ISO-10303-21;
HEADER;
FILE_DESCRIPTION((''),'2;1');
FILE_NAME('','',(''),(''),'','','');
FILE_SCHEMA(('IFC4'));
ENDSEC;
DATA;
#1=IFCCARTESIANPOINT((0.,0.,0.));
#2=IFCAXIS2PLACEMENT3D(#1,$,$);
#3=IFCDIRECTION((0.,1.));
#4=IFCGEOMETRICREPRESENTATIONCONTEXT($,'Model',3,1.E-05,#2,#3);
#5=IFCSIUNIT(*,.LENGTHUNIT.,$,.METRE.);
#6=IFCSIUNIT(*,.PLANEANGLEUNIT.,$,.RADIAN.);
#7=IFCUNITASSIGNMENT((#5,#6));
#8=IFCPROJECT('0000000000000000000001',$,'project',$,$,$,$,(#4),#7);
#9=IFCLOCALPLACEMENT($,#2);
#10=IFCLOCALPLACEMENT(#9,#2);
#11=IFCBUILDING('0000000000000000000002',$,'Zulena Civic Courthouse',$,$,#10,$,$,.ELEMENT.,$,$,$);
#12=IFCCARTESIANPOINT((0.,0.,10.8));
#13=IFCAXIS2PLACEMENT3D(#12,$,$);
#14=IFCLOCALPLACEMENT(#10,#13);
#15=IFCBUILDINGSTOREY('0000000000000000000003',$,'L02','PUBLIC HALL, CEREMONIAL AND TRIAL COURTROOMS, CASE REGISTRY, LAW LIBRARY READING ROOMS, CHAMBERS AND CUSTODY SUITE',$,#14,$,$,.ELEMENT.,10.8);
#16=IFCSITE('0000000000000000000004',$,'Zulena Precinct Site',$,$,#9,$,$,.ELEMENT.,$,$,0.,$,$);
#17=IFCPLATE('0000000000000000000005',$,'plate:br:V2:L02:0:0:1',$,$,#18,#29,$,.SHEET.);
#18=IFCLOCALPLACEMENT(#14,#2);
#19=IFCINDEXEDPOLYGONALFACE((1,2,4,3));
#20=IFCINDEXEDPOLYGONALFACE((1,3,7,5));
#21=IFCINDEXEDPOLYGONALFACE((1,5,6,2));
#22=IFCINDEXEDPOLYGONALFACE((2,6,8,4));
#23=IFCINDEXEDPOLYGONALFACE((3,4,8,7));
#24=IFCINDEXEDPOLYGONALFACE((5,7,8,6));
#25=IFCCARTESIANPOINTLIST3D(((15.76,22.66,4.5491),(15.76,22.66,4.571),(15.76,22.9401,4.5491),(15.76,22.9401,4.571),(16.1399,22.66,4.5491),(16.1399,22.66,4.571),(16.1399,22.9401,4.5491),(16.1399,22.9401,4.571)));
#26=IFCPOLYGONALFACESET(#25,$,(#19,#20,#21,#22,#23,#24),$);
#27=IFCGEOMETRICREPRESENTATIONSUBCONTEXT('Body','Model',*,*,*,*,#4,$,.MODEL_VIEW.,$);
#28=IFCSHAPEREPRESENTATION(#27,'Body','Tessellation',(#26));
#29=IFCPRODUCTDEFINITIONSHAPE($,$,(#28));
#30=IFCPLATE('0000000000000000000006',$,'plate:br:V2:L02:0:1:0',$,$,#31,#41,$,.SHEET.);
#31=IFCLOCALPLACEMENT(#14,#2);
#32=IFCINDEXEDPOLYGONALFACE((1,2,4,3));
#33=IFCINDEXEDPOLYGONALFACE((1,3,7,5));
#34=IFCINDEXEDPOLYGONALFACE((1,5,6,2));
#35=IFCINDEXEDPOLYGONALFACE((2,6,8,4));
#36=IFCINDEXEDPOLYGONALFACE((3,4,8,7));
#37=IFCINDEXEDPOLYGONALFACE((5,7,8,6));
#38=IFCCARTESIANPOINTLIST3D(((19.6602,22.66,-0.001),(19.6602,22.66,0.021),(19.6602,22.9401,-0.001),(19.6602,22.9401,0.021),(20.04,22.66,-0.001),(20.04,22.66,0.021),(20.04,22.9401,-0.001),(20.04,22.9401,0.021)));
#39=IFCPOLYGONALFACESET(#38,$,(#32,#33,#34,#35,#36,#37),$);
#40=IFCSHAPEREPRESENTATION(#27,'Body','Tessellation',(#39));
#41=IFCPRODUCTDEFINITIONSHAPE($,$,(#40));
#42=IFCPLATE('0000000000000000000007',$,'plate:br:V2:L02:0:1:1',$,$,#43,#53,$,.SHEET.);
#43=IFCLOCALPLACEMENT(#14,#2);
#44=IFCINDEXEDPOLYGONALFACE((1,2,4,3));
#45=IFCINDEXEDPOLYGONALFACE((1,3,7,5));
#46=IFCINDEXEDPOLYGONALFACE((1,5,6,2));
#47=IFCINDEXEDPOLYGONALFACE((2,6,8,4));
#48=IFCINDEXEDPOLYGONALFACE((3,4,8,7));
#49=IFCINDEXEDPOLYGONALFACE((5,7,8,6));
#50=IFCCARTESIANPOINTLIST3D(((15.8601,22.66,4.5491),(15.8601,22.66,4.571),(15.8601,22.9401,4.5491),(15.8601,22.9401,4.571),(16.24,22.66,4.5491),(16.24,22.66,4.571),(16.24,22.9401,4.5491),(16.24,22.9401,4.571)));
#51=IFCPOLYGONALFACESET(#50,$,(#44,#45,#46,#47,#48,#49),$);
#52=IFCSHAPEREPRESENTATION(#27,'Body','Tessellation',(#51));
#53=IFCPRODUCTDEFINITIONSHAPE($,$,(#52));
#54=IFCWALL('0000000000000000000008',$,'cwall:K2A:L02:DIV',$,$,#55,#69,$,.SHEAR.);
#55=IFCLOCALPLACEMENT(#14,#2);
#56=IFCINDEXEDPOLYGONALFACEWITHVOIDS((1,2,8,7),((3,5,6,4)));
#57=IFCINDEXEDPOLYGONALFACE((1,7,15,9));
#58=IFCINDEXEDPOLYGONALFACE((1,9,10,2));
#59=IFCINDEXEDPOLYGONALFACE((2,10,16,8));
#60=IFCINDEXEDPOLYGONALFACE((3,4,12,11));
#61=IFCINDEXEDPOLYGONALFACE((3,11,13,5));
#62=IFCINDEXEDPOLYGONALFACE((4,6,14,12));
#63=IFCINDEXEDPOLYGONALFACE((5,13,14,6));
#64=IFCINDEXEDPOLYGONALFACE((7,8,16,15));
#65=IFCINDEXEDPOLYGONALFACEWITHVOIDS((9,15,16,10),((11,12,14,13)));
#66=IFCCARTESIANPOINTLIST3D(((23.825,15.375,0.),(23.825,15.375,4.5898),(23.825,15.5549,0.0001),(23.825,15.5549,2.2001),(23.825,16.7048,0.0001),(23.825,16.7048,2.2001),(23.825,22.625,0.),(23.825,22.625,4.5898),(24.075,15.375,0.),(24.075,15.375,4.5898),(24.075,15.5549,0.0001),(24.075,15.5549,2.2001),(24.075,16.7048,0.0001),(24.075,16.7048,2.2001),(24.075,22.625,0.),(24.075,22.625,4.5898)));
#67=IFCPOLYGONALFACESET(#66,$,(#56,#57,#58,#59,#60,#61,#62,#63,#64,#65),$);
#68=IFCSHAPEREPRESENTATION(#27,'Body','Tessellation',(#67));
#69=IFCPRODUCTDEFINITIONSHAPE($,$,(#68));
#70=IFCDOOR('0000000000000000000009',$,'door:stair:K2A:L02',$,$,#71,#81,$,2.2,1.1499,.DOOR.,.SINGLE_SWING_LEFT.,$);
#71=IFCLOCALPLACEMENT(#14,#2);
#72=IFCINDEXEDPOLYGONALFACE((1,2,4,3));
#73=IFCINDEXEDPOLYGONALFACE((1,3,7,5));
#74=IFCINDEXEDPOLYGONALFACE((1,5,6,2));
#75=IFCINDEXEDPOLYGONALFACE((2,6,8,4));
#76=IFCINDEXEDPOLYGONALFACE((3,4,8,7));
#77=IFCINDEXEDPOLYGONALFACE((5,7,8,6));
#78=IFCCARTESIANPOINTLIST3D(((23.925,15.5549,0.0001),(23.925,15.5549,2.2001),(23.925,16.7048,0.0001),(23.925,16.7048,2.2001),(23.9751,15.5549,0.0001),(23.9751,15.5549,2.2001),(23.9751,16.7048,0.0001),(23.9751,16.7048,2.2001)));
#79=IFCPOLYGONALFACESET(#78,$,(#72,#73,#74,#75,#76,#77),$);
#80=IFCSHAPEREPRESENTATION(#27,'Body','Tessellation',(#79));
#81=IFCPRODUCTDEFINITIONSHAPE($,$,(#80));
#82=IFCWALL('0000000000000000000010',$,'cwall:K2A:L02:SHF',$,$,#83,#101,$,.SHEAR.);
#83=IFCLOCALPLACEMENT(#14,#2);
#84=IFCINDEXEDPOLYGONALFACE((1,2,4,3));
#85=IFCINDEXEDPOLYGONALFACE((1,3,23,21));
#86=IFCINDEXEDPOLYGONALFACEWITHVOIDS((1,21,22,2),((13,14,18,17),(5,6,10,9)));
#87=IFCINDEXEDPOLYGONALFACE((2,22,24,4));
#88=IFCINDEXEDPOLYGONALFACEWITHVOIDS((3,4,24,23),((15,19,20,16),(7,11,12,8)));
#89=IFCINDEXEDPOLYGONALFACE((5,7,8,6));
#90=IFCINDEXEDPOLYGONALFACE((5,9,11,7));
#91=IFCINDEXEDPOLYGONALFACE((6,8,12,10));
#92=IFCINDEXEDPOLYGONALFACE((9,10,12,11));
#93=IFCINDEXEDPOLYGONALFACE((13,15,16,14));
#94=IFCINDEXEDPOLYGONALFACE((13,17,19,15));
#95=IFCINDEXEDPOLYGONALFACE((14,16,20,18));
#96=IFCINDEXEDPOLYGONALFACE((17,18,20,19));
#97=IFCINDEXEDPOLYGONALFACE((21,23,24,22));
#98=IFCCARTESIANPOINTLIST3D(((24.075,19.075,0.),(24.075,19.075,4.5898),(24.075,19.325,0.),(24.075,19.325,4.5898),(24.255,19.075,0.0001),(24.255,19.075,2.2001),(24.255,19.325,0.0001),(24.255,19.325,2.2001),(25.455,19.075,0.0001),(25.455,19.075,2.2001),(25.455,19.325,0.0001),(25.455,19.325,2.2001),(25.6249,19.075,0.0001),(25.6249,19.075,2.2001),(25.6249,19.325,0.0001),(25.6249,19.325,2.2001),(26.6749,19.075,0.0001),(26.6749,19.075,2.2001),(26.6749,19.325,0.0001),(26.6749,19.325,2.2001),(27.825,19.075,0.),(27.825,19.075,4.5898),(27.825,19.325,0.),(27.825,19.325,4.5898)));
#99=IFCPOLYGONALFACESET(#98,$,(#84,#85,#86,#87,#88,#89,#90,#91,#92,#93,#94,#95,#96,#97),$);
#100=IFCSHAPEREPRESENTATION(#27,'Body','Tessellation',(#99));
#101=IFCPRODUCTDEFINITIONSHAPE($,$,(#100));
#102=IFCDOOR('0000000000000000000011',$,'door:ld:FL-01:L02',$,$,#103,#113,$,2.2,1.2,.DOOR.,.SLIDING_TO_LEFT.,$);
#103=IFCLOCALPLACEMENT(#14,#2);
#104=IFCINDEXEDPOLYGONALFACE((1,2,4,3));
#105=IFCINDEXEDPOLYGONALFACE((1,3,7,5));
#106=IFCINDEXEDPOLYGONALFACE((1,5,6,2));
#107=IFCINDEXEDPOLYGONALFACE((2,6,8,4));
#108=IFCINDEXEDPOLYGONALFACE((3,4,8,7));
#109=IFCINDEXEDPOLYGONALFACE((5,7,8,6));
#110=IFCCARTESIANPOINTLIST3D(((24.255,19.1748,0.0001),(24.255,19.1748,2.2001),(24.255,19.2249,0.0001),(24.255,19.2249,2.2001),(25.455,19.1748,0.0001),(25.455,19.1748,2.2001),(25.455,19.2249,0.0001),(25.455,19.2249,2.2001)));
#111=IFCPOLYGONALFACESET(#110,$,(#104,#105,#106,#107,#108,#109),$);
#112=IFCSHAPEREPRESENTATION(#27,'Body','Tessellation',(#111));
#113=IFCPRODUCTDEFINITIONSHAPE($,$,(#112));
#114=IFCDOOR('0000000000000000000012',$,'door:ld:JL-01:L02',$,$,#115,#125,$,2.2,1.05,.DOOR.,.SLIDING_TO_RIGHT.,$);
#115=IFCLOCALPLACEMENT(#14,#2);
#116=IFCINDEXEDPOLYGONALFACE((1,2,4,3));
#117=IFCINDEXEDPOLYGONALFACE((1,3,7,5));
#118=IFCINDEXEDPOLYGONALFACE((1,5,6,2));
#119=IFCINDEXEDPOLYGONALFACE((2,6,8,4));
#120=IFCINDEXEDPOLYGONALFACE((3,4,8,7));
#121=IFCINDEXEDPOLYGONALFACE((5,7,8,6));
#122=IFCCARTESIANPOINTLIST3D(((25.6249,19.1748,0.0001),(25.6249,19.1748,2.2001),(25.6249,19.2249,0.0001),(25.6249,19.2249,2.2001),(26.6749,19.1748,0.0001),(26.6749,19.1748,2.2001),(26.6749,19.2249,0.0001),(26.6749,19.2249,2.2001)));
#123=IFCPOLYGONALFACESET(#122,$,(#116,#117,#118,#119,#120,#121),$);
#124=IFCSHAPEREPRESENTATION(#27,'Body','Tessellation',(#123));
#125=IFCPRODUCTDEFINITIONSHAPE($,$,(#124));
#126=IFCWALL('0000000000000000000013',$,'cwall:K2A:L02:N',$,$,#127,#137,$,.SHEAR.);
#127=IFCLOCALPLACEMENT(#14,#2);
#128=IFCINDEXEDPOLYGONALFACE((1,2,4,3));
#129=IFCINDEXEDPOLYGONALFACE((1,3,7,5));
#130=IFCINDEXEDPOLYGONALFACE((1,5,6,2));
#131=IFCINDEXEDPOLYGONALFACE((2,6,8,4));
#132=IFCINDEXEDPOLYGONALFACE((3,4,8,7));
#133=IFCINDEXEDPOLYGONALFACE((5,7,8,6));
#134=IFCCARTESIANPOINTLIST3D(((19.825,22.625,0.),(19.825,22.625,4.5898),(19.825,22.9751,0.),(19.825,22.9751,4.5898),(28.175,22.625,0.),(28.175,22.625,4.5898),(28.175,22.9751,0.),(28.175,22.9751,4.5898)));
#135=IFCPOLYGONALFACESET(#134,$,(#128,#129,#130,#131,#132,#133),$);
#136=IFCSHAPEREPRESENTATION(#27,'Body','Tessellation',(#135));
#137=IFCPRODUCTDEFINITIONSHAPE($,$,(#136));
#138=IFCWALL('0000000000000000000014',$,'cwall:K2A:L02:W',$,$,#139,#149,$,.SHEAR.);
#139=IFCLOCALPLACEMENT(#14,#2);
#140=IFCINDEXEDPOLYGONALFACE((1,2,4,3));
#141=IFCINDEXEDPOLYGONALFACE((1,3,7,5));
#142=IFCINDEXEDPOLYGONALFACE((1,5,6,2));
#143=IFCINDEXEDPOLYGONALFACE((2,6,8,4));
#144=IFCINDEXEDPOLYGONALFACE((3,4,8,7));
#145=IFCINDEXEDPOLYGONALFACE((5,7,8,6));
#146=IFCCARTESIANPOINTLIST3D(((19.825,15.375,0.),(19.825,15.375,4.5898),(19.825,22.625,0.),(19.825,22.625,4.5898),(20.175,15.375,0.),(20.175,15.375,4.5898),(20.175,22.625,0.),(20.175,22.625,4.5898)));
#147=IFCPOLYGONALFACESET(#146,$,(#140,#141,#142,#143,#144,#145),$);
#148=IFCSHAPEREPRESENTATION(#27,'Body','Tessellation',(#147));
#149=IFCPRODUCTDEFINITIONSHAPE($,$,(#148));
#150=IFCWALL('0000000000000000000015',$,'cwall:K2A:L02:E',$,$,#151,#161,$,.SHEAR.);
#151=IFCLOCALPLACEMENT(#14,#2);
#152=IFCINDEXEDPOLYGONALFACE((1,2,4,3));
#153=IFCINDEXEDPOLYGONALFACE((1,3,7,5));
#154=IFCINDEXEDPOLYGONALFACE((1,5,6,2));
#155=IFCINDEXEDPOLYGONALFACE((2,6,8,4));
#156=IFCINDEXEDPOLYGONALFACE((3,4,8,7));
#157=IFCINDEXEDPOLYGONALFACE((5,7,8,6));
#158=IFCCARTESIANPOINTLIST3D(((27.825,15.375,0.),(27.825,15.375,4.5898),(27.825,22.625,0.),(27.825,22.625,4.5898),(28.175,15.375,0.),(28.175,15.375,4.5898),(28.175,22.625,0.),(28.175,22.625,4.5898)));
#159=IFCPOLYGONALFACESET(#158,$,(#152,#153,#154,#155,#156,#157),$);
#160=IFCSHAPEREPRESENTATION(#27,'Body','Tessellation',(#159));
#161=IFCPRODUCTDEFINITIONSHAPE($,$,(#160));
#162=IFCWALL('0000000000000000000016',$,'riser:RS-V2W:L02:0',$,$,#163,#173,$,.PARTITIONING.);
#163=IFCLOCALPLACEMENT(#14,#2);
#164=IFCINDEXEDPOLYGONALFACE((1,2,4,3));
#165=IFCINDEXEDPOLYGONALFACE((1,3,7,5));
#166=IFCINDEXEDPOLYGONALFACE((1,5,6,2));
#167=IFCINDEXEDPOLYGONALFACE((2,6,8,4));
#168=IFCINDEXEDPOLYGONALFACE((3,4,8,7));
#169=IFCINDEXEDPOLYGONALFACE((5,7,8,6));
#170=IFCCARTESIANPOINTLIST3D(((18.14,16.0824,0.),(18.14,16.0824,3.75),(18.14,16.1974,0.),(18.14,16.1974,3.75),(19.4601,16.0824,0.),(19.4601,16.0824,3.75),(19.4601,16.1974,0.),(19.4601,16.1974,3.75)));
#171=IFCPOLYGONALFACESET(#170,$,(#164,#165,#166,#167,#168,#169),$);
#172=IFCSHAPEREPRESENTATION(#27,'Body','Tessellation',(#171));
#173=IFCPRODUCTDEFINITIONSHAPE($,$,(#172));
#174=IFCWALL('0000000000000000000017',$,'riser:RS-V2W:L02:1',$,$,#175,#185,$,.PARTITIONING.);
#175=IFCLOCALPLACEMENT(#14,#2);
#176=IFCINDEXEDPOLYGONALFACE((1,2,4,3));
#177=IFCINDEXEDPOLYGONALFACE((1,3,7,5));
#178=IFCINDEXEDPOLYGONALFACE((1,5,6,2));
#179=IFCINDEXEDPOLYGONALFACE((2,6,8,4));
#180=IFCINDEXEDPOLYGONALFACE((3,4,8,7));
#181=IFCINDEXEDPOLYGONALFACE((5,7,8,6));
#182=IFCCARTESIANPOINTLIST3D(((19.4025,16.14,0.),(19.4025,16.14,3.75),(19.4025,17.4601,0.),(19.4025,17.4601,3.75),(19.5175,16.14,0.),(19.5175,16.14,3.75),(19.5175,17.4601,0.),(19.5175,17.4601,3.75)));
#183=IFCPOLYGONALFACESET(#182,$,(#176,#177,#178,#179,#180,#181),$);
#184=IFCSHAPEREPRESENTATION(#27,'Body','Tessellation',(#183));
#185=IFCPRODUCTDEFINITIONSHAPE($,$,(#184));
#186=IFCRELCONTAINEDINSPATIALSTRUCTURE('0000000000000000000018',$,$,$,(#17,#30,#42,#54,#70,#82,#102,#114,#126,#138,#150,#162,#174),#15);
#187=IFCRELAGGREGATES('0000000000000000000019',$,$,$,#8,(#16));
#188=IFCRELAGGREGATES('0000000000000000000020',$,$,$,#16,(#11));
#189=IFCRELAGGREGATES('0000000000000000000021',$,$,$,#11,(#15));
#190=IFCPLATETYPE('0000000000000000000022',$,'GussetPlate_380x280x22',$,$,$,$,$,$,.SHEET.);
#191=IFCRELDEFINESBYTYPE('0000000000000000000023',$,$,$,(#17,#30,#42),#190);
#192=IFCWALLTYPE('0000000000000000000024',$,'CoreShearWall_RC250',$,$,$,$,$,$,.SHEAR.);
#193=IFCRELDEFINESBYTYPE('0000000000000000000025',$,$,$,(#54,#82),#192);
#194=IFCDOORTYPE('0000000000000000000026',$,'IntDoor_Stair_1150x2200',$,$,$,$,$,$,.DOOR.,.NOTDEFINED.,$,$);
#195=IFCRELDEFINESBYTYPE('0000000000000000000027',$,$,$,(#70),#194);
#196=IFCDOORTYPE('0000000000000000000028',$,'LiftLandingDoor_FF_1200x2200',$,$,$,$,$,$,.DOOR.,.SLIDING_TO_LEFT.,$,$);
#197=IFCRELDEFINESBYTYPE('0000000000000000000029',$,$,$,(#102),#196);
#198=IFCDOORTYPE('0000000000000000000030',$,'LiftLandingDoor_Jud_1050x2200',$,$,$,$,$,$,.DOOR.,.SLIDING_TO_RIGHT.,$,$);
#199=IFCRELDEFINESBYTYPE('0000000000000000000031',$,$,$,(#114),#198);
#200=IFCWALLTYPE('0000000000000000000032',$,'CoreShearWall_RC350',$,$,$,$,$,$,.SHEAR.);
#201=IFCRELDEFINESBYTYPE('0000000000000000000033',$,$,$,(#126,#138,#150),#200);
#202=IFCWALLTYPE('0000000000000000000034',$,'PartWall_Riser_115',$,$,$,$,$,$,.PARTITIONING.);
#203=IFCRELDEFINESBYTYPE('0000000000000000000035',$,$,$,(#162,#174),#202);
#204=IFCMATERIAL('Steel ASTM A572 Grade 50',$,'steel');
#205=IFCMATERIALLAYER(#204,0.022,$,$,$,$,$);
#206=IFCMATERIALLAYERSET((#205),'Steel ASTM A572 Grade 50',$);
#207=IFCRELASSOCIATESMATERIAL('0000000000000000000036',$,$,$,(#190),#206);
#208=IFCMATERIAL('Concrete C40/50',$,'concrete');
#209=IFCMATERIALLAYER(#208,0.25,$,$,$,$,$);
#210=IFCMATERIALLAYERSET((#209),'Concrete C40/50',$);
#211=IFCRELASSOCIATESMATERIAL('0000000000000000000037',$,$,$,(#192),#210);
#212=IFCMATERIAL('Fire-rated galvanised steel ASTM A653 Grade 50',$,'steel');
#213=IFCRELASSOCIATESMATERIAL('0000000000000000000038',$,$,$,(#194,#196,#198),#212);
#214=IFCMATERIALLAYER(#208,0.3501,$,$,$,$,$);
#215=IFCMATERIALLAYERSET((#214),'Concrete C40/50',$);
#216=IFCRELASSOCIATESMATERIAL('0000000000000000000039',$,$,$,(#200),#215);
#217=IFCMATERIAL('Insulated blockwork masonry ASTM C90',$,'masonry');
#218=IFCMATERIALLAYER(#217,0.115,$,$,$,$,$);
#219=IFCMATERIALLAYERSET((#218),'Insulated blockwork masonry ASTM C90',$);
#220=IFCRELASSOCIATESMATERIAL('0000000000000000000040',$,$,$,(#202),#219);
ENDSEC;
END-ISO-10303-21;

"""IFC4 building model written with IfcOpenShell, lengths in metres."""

from ifc_helpers import new_model, si_unit, direction, frame, frame_2d, origin, origin_2d, place, context, subcontext, project, spatial, rectangle, extrude, material, layer, layer_set, type_object, element, fill, save


model = new_model("IFC4")

# Units and contexts
model_context = context("Model", 3, precision=1e-05, world=origin(), true_north=direction((0.0, 1.0)))
body_context = subcontext(model_context, "Body", "Model", "MODEL_VIEW")
ifc_project = project(units=[si_unit("LENGTHUNIT", "METRE"), si_unit("PLANEANGLEUNIT", "RADIAN")], contexts=[model_context])

# Site, building, storey
site_placement = place(None, origin())
site = spatial("IfcSite", under=ifc_project, at=site_placement, Name="Zulena Precinct Site", CompositionType="ELEMENT", RefElevation=0.0)
building_placement = place(site_placement, origin())
building = spatial("IfcBuilding", under=site, at=building_placement, Name="Zulena Civic Courthouse", CompositionType="ELEMENT")
storey_placement = place(building_placement, frame((0.0, 0.0, 10.8)))
storey = spatial("IfcBuildingStorey", under=building, at=storey_placement, Name="L02", Description="PUBLIC HALL, CEREMONIAL AND TRIAL COURTROOMS, CASE REGISTRY, LAW LIBRARY READING ROOMS, CHAMBERS AND CUSTODY SUITE", CompositionType="ELEMENT", Elevation=10.8)

# Plates
ifc_material_1 = material(Name="Steel ASTM A572 Grade 50", Category="steel")
ifc_layer_1 = layer(ifc_material_1, 0.022)
ifc_layer_set_1 = layer_set([ifc_layer_1], Name="Steel ASTM A572 Grade 50")
plate_type = type_object("IfcPlateType", Name="GussetPlate_380x280x22", PredefinedType="SHEET", material=ifc_layer_set_1)
for number, where, z_axis, x_axis, name in (
    (1, (15.95, 22.8, 4.5491), (0.0, 0.0, 1.0), (1.0, 0.0, 0.0), "plate:br:V2:L02:0:0:1"),
    (2, (19.8501, 22.8, -0.001), (0.0, 0.0, 1.0), (1.0, 0.0, 0.0), "plate:br:V2:L02:0:1:0"),
    (3, (16.05, 22.8, 4.5491), (0.0, 0.0, 1.0), (1.0, 0.0, 0.0), "plate:br:V2:L02:0:1:1"),
):
    element("IfcPlate", number, at=place(storey_placement, frame(where, z_axis=z_axis, x_axis=x_axis)), inside=storey, type_object=plate_type, Name=name, PredefinedType="SHEET", context=body_context, shape_type="SweptSolid", body=[
        extrude(rectangle(XDim=0.3799, YDim=0.28, at=origin_2d()), origin(), (0.0, 0.0, 1.0), 0.022),
    ])

# Wall, opening, door
ifc_material_2 = material(Name="Concrete C40/50", Category="concrete")
ifc_layer_2 = layer(ifc_material_2, 0.25)
ifc_layer_set_2 = layer_set([ifc_layer_2], Name="Concrete C40/50")
wall_type_1 = type_object("IfcWallType", Name="CoreShearWall_RC250", PredefinedType="SHEAR", material=ifc_layer_set_2)
wall_1_placement = place(storey_placement, frame((23.95, 15.375, 0.0), z_axis=(0.0, 0.0, 1.0), x_axis=(0.0, 1.0, 0.0)))
wall_1 = element("IfcWall", 4, at=wall_1_placement, inside=storey, type_object=wall_type_1, Name="cwall:K2A:L02:DIV", PredefinedType="SHEAR", context=body_context, shape_type="SweptSolid", body=[
    extrude(rectangle(XDim=7.25, YDim=0.25, at=frame_2d((3.625, 0.0))), origin(), (0.0, 0.0, 1.0), 4.5898),
])
opening_1_placement = place(wall_1_placement, frame((0.1799, 0.0, 0.0)))
opening_1 = element("IfcOpeningElement", 5, at=opening_1_placement, cuts=wall_1, PredefinedType="OPENING", context=body_context, shape_type="SweptSolid", body=[
    extrude(rectangle(XDim=1.1499, YDim=2.2, at=frame_2d((0.575, 1.1001))), frame((0.0, 0.135, 0.0), z_axis=(0.0, -1.0, 0.0), x_axis=(1.0, 0.0, 0.0)), (0.0, 0.0, 1.0), 0.27),
])
ifc_material_3 = material(Name="Fire-rated galvanised steel ASTM A653 Grade 50", Category="steel")
door_type_1 = type_object("IfcDoorType", Name="IntDoor_Stair_1150x2200", OperationType="NOTDEFINED", PredefinedType="DOOR", material=ifc_material_3)
door_1_placement = place(opening_1_placement, origin())
door_1 = element("IfcDoor", 6, at=door_1_placement, inside=storey, type_object=door_type_1, Name="door:stair:K2A:L02", OperationType="SINGLE_SWING_LEFT", OverallHeight=2.2, OverallWidth=1.1499, PredefinedType="DOOR", context=body_context, shape_type="SweptSolid", body=[
    extrude(rectangle(XDim=1.1499, YDim=2.2, at=frame_2d((0.575, 1.1001))), frame((0.0, 0.0249, 0.0), z_axis=(0.0, -1.0, 0.0), x_axis=(1.0, 0.0, 0.0)), (0.0, 0.0, 1.0), 0.05),
])
fill(opening_1, door_1)

# Wall, openings, doors
wall_2_placement = place(storey_placement, frame((24.075, 19.2, 0.0), z_axis=(0.0, 0.0, 1.0), x_axis=(1.0, 0.0, 0.0)))
wall_2 = element("IfcWall", 7, at=wall_2_placement, inside=storey, type_object=wall_type_1, Name="cwall:K2A:L02:SHF", PredefinedType="SHEAR", context=body_context, shape_type="SweptSolid", body=[
    extrude(rectangle(XDim=3.75, YDim=0.25, at=frame_2d((1.875, 0.0))), origin(), (0.0, 0.0, 1.0), 4.5898),
])
opening_2_placement = place(wall_2_placement, frame((0.1799, 0.0, 0.0)))
opening_2 = element("IfcOpeningElement", 8, at=opening_2_placement, cuts=wall_2, PredefinedType="OPENING", context=body_context, shape_type="SweptSolid", body=[
    extrude(rectangle(XDim=1.2, YDim=2.2, at=frame_2d((0.6001, 1.1001))), frame((0.0, 0.135, 0.0), z_axis=(0.0, -1.0, 0.0), x_axis=(1.0, 0.0, 0.0)), (0.0, 0.0, 1.0), 0.27),
])
opening_3_placement = place(wall_2_placement, frame((1.55, 0.0, 0.0)))
opening_3 = element("IfcOpeningElement", 9, at=opening_3_placement, cuts=wall_2, PredefinedType="OPENING", context=body_context, shape_type="SweptSolid", body=[
    extrude(rectangle(XDim=1.05, YDim=2.2, at=frame_2d((0.5249, 1.1001))), frame((0.0, 0.135, 0.0), z_axis=(0.0, -1.0, 0.0), x_axis=(1.0, 0.0, 0.0)), (0.0, 0.0, 1.0), 0.27),
])
door_type_2 = type_object("IfcDoorType", Name="LiftLandingDoor_FF_1200x2200", OperationType="SLIDING_TO_LEFT", PredefinedType="DOOR", material=ifc_material_3)
door_2_placement = place(opening_2_placement, origin())
door_2 = element("IfcDoor", 10, at=door_2_placement, inside=storey, type_object=door_type_2, Name="door:ld:FL-01:L02", OperationType="SLIDING_TO_LEFT", OverallHeight=2.2, OverallWidth=1.2, PredefinedType="DOOR", context=body_context, shape_type="SweptSolid", body=[
    extrude(rectangle(XDim=1.2, YDim=2.2, at=frame_2d((0.6001, 1.1001))), frame((0.0, 0.0249, 0.0), z_axis=(0.0, -1.0, 0.0), x_axis=(1.0, 0.0, 0.0)), (0.0, 0.0, 1.0), 0.05),
])
fill(opening_2, door_2)
door_type_3 = type_object("IfcDoorType", Name="LiftLandingDoor_Jud_1050x2200", OperationType="SLIDING_TO_RIGHT", PredefinedType="DOOR", material=ifc_material_3)
door_3_placement = place(opening_3_placement, origin())
door_3 = element("IfcDoor", 11, at=door_3_placement, inside=storey, type_object=door_type_3, Name="door:ld:JL-01:L02", OperationType="SLIDING_TO_RIGHT", OverallHeight=2.2, OverallWidth=1.05, PredefinedType="DOOR", context=body_context, shape_type="SweptSolid", body=[
    extrude(rectangle(XDim=1.05, YDim=2.2, at=frame_2d((0.5249, 1.1001))), frame((0.0, 0.0249, 0.0), z_axis=(0.0, -1.0, 0.0), x_axis=(1.0, 0.0, 0.0)), (0.0, 0.0, 1.0), 0.05),
])
fill(opening_3, door_3)

# Walls
ifc_layer_3 = layer(ifc_material_2, 0.3501)
ifc_layer_set_3 = layer_set([ifc_layer_3], Name="Concrete C40/50")
wall_type_2 = type_object("IfcWallType", Name="CoreShearWall_RC350", PredefinedType="SHEAR", material=ifc_layer_set_3)
wall_3_placement = place(storey_placement, frame((19.825, 22.8, 0.0), z_axis=(0.0, 0.0, 1.0), x_axis=(1.0, 0.0, 0.0)))
element("IfcWall", 12, at=wall_3_placement, inside=storey, type_object=wall_type_2, Name="cwall:K2A:L02:N", PredefinedType="SHEAR", context=body_context, shape_type="SweptSolid", body=[
    extrude(rectangle(XDim=8.3501, YDim=0.3501, at=frame_2d((4.175, 0.0))), origin(), (0.0, 0.0, 1.0), 4.5898),
])
for number, where, z_axis, x_axis, name in (
    (13, (20.0, 15.375, 0.0), (0.0, 0.0, 1.0), (0.0, 1.0, 0.0), "cwall:K2A:L02:W"),
    (14, (28.0, 15.375, 0.0), (0.0, 0.0, 1.0), (0.0, 1.0, 0.0), "cwall:K2A:L02:E"),
):
    element("IfcWall", number, at=place(storey_placement, frame(where, z_axis=z_axis, x_axis=x_axis)), inside=storey, type_object=wall_type_2, Name=name, PredefinedType="SHEAR", context=body_context, shape_type="SweptSolid", body=[
        extrude(rectangle(XDim=7.25, YDim=0.3501, at=frame_2d((3.625, 0.0))), origin(), (0.0, 0.0, 1.0), 4.5898),
    ])
ifc_material_4 = material(Name="Insulated blockwork masonry ASTM C90", Category="masonry")
ifc_layer_4 = layer(ifc_material_4, 0.115)
ifc_layer_set_4 = layer_set([ifc_layer_4], Name="Insulated blockwork masonry ASTM C90")
wall_type_3 = type_object("IfcWallType", Name="PartWall_Riser_115", PredefinedType="PARTITIONING", material=ifc_layer_set_4)
for number, where, z_axis, x_axis, name in (
    (15, (18.1399, 16.1399, 0.0), (0.0, 0.0, 1.0), (1.0, 0.0, 0.0), "riser:RS-V2W:L02:0"),
    (16, (19.46, 16.1399, 0.0), (0.0, 0.0, 1.0), (0.0, 1.0, 0.0), "riser:RS-V2W:L02:1"),
):
    element("IfcWall", number, at=place(storey_placement, frame(where, z_axis=z_axis, x_axis=x_axis)), inside=storey, type_object=wall_type_3, Name=name, PredefinedType="PARTITIONING", context=body_context, shape_type="SweptSolid", body=[
        extrude(rectangle(XDim=1.3201, YDim=0.115, at=frame_2d((0.6602, 0.0))), origin(), (0.0, 0.0, 1.0), 3.75),
    ])

save(model, "model.ifc")
